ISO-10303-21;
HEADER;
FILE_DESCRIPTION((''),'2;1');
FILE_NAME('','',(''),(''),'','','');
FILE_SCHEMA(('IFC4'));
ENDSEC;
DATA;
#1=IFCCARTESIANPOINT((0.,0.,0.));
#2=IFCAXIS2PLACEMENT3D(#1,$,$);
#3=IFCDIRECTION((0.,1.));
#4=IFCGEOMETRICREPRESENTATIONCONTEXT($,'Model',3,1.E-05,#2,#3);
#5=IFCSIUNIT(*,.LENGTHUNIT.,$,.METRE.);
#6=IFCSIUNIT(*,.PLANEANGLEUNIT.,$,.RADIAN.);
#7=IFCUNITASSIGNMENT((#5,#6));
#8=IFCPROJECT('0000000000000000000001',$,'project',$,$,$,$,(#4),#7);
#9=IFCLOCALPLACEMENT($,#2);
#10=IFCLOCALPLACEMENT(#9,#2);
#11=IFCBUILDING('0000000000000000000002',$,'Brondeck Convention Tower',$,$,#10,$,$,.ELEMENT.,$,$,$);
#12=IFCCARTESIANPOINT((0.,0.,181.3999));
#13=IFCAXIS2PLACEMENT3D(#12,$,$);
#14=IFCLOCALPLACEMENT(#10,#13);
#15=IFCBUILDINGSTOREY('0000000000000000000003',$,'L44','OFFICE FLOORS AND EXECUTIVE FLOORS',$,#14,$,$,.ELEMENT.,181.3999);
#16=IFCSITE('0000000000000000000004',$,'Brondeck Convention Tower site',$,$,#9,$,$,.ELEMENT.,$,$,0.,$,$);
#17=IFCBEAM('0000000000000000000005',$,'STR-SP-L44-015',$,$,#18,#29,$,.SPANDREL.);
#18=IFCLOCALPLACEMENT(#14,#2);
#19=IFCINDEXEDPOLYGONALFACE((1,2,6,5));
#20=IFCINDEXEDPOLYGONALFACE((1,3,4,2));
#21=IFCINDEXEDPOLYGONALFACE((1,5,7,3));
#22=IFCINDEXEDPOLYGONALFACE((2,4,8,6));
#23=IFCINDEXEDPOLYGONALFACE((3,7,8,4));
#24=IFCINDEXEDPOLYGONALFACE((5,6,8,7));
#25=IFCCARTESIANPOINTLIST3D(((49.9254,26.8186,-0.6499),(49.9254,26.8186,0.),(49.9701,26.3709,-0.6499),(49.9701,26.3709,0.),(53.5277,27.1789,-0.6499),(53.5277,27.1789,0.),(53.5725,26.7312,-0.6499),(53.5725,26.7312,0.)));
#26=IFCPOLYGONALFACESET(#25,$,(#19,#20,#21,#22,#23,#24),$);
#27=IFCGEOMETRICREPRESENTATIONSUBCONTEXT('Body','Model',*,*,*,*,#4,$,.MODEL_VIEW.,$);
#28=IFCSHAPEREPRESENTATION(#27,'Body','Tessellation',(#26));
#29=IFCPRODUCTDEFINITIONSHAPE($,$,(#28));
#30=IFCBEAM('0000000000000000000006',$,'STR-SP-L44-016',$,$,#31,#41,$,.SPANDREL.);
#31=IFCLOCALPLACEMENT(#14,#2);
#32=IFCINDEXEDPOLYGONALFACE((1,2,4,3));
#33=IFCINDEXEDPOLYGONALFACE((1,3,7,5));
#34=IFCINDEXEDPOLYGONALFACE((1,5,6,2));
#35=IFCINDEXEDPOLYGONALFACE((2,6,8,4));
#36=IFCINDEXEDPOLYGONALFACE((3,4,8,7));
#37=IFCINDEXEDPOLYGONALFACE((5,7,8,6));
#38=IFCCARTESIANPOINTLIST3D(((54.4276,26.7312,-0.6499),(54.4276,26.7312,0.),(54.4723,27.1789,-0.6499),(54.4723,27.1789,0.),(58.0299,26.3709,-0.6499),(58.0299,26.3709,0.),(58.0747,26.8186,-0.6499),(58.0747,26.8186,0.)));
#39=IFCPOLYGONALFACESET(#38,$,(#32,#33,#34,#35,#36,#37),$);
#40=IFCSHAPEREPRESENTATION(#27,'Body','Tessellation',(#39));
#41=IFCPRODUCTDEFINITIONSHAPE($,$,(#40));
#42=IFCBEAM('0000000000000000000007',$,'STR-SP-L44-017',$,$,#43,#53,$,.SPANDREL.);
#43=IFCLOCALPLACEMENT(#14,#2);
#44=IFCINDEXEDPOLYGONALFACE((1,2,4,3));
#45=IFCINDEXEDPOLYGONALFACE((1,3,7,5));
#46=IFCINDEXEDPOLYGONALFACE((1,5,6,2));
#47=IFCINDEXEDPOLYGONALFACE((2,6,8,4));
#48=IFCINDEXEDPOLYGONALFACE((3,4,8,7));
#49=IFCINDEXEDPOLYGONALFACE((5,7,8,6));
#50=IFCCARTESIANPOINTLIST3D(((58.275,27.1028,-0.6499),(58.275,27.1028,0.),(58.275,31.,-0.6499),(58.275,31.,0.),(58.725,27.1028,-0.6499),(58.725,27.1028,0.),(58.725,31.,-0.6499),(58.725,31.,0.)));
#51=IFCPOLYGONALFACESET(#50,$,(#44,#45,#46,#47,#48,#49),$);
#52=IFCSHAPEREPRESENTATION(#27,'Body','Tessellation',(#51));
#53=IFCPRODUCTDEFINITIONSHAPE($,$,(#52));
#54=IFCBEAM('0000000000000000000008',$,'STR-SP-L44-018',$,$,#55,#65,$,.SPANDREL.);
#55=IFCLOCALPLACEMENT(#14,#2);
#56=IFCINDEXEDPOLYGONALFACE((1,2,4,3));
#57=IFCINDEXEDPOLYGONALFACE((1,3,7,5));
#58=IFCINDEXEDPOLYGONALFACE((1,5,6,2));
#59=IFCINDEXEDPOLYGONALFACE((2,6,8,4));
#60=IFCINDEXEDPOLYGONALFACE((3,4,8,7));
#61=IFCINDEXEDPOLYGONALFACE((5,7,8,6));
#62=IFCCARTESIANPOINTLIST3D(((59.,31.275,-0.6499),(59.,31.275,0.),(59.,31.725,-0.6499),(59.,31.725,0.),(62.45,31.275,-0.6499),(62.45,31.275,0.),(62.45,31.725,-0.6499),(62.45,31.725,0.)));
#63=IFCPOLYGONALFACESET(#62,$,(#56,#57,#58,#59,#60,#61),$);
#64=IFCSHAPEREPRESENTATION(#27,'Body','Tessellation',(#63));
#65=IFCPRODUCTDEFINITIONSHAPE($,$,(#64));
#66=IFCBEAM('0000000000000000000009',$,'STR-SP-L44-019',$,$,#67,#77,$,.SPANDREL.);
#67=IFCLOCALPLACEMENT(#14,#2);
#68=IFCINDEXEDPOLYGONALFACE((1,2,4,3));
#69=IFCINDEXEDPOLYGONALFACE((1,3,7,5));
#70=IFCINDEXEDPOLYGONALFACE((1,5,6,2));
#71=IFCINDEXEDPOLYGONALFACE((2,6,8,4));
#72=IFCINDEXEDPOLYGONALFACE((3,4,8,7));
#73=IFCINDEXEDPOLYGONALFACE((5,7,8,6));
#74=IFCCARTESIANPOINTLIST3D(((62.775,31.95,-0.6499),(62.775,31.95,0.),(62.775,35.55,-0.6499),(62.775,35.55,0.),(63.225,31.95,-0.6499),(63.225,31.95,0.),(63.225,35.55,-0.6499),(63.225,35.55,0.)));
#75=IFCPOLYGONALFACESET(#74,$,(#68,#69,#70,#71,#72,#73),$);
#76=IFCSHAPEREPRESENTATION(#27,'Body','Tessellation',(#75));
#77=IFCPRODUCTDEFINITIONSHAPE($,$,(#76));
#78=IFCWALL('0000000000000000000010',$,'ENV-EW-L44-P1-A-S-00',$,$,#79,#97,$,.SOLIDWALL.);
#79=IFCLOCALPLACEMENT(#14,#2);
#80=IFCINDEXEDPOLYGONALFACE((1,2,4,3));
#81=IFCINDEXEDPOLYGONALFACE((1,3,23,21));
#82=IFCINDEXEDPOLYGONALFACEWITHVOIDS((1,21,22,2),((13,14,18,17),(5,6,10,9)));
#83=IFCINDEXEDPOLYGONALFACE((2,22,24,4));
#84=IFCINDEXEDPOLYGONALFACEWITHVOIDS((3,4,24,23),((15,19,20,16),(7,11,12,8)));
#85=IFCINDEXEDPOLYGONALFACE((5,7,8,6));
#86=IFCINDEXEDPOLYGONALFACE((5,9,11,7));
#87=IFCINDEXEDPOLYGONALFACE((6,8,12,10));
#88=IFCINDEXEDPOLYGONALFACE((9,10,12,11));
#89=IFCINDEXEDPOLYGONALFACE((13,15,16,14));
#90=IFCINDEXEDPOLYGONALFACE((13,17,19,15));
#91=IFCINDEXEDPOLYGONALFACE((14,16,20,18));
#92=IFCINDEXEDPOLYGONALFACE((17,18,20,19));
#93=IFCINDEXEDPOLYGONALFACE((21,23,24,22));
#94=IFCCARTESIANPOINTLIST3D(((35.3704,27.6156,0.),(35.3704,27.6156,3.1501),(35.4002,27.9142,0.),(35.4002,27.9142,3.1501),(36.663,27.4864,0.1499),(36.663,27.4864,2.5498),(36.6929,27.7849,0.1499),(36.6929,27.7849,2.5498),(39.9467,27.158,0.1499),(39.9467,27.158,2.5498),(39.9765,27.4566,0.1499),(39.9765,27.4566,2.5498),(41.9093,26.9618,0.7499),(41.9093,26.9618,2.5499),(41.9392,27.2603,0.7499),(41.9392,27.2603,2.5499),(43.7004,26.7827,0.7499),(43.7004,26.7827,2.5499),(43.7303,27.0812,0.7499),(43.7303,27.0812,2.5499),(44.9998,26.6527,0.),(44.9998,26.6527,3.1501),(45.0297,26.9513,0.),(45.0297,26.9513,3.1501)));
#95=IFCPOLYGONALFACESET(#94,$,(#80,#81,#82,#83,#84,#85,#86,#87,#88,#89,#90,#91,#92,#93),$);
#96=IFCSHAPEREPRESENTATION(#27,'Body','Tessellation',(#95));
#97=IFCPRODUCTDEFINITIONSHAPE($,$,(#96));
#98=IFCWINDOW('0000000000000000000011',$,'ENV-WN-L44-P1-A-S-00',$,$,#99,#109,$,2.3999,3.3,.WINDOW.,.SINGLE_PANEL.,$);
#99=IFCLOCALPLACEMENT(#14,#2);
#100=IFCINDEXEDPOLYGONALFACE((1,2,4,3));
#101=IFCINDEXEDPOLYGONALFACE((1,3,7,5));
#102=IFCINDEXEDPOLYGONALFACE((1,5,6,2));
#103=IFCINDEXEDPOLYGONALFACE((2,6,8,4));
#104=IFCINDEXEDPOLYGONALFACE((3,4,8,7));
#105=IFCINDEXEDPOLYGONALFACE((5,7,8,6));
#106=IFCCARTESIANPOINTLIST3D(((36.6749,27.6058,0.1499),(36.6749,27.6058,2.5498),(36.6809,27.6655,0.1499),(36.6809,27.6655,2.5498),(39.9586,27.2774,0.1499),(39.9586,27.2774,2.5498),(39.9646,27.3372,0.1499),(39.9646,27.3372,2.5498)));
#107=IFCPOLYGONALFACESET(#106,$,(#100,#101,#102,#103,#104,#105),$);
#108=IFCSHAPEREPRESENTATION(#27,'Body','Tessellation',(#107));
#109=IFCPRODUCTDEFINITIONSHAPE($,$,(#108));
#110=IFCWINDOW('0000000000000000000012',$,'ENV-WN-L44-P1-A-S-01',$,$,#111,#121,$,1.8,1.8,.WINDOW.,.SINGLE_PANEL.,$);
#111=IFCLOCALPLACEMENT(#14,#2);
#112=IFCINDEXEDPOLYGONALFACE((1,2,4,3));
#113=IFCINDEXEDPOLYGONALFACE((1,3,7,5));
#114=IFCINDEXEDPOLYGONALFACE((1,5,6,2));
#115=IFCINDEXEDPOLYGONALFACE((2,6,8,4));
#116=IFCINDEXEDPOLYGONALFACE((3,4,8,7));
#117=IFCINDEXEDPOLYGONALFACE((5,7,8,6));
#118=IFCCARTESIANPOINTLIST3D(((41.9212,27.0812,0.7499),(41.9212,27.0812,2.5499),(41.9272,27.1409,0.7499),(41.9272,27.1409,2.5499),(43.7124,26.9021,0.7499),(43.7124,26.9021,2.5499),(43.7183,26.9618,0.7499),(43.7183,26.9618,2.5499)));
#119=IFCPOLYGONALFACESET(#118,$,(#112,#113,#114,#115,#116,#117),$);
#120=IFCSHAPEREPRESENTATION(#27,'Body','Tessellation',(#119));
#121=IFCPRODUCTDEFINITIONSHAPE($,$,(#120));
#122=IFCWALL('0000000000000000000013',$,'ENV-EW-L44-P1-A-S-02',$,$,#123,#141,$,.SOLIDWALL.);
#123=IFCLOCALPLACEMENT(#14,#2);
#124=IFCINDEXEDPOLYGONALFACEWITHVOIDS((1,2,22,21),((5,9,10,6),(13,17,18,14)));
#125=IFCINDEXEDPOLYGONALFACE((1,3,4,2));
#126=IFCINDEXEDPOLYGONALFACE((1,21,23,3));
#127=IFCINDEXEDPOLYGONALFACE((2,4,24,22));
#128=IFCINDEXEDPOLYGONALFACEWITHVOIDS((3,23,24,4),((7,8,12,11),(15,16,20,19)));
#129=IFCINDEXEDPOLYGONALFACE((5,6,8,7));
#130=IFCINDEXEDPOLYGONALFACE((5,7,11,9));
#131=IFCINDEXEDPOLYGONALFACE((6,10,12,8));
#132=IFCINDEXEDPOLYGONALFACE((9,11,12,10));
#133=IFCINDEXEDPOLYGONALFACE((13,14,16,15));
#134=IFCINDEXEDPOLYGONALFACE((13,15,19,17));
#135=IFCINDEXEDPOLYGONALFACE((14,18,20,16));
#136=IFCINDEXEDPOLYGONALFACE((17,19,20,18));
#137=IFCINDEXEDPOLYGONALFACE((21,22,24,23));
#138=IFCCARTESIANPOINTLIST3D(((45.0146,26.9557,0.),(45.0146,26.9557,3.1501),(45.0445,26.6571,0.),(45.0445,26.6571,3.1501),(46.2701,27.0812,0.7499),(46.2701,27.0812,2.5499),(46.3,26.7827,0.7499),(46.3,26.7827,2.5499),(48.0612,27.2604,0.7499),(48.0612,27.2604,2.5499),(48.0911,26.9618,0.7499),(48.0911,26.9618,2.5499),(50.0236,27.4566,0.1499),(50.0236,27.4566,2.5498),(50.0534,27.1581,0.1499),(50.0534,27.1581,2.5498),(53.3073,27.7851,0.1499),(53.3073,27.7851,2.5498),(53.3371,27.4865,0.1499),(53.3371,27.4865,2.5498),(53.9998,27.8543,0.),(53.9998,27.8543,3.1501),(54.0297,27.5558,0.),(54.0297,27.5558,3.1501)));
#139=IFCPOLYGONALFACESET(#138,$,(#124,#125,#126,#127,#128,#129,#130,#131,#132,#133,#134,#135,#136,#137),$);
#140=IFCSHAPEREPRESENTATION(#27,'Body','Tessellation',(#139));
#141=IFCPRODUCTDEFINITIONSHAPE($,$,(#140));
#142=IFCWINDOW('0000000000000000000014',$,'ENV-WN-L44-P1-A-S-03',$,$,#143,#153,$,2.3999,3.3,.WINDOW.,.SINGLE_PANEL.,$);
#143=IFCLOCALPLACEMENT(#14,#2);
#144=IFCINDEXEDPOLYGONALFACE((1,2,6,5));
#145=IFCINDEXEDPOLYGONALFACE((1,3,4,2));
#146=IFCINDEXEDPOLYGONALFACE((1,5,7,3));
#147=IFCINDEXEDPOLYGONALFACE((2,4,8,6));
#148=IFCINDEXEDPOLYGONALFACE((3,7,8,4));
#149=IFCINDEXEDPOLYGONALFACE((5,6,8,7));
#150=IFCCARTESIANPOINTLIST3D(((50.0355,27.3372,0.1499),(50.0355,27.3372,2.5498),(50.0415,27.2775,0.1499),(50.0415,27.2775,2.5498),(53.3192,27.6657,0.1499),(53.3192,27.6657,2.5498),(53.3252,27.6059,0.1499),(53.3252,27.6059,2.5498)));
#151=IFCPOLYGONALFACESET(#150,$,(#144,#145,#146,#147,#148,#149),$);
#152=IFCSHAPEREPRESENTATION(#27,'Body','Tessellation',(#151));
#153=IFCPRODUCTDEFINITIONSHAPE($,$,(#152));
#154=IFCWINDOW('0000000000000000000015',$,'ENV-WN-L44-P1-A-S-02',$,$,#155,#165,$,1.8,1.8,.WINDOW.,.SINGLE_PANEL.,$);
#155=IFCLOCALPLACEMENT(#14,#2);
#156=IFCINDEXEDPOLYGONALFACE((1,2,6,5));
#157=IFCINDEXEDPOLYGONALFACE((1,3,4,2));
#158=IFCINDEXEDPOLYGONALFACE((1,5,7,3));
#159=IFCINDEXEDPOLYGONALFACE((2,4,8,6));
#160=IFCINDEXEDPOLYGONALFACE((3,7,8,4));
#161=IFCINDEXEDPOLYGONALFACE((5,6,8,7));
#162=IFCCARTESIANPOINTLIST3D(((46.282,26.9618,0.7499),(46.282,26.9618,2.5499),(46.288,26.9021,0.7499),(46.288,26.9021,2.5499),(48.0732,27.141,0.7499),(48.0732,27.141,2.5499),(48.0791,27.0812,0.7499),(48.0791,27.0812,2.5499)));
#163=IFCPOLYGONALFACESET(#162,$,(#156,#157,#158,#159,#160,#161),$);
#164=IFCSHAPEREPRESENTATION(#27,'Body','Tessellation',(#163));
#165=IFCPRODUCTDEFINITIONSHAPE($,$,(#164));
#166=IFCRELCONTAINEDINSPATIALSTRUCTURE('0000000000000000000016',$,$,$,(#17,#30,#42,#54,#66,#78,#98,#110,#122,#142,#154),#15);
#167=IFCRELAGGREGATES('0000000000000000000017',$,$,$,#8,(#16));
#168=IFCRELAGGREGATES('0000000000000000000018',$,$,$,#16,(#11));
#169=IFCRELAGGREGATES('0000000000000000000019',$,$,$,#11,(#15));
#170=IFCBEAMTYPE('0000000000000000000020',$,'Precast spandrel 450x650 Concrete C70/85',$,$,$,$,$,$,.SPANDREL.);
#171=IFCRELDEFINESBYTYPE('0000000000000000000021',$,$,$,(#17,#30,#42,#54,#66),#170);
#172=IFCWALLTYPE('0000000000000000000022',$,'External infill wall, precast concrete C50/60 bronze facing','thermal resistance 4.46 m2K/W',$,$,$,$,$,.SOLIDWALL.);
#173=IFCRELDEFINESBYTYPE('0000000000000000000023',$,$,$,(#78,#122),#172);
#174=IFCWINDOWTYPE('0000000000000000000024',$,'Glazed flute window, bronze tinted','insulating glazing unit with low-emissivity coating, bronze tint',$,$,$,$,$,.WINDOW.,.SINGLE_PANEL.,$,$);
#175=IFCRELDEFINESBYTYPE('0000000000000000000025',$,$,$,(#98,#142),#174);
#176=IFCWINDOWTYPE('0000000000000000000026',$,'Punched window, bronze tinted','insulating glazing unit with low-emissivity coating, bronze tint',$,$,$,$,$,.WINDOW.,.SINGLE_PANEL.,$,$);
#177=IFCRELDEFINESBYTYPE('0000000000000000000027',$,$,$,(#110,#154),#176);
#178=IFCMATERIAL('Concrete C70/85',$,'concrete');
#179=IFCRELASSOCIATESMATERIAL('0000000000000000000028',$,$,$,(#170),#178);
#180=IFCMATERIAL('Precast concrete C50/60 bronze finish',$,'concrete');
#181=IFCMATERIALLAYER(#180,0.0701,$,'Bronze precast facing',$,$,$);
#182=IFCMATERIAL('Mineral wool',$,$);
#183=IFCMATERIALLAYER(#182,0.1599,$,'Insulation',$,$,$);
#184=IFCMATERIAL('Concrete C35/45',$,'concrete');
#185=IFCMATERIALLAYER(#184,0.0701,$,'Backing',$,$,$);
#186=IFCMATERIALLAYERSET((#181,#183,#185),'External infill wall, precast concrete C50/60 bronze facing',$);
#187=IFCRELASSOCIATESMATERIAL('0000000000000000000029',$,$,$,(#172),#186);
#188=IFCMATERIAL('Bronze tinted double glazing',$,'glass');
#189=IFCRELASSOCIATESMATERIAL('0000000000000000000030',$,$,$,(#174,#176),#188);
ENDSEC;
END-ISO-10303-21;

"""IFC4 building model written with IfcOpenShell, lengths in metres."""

from ifc_helpers import new_model, si_unit, direction, frame, frame_2d, origin, origin_2d, place, context, subcontext, project, spatial, rectangle, extrude, material, layer, layer_set, material_profile, profile_set, type_object, element, fill, save


model = new_model("IFC4")

# Units and contexts
model_context = context("Model", 3, precision=1e-05, world=origin(), true_north=direction((0.0, 1.0)))
body_context = subcontext(model_context, "Body", "Model", "MODEL_VIEW")
ifc_project = project(units=[si_unit("LENGTHUNIT", "METRE"), si_unit("PLANEANGLEUNIT", "RADIAN")], contexts=[model_context])

# Site, building, storey
site_placement = place(None, origin())
site = spatial("IfcSite", under=ifc_project, at=site_placement, Name="Brondeck Convention Tower site", CompositionType="ELEMENT", RefElevation=0.0)
building_placement = place(site_placement, origin())
building = spatial("IfcBuilding", under=site, at=building_placement, Name="Brondeck Convention Tower", CompositionType="ELEMENT")
storey_placement = place(building_placement, frame((0.0, 0.0, 181.3999)))
storey = spatial("IfcBuildingStorey", under=building, at=storey_placement, Name="L44", Description="OFFICE FLOORS AND EXECUTIVE FLOORS", CompositionType="ELEMENT", Elevation=181.3999)

# Shared definitions
ifc_material_1 = material(Name="Concrete C70/85", Category="concrete")

# Beams
ifc_material_profile_1 = material_profile(ifc_material_1, rectangle(XDim=0.45, YDim=0.6499, at=origin_2d()), Name="Precast spandrel 450x650 Concrete C70/85")
ifc_profile_set_1 = profile_set([ifc_material_profile_1], Name="Concrete C70/85")
beam_type_1 = type_object("IfcBeamType", Name="Precast spandrel 450x650 Concrete C70/85", PredefinedType="SPANDREL", material=ifc_profile_set_1)
for number, where, z_axis, x_axis, name in (
    (1, (49.9478, 26.5947, -0.325), (0.995034, 0.099537, 0.0), (-0.099537, 0.995034, 0.0), "STR-SP-L44-015"),
    (2, (54.45, 26.9551, -0.325), (0.995034, -0.099537, 0.0), (0.099537, 0.995034, 0.0), "STR-SP-L44-016"),
):
    element("IfcBeam", number, at=place(storey_placement, frame(where, z_axis=z_axis, x_axis=x_axis)), inside=storey, type_object=beam_type_1, Name=name, PredefinedType="SPANDREL", context=body_context, shape_type="SweptSolid", body=[
        extrude(rectangle(XDim=0.45, YDim=0.6499, at=origin_2d()), origin(), (0.0, 0.0, 1.0), 3.6204),
    ])
beam_1_placement = place(storey_placement, frame((58.5, 27.1028, -0.325), z_axis=(0.0, 1.0, 0.0), x_axis=(-1.0, 0.0, 0.0)))
element("IfcBeam", 3, at=beam_1_placement, inside=storey, type_object=beam_type_1, Name="STR-SP-L44-017", PredefinedType="SPANDREL", context=body_context, shape_type="SweptSolid", body=[
    extrude(rectangle(XDim=0.45, YDim=0.6499, at=origin_2d()), origin(), (0.0, 0.0, 1.0), 3.8972),
])
beam_2_placement = place(storey_placement, frame((59.0, 31.5, -0.325), z_axis=(1.0, 0.0, 0.0), x_axis=(0.0, 1.0, 0.0)))
element("IfcBeam", 4, at=beam_2_placement, inside=storey, type_object=beam_type_1, Name="STR-SP-L44-018", PredefinedType="SPANDREL", context=body_context, shape_type="SweptSolid", body=[
    extrude(rectangle(XDim=0.45, YDim=0.6499, at=origin_2d()), origin(), (0.0, 0.0, 1.0), 3.45),
])
beam_3_placement = place(storey_placement, frame((63.0, 31.95, -0.325), z_axis=(0.0, 1.0, 0.0), x_axis=(-1.0, 0.0, 0.0)))
element("IfcBeam", 5, at=beam_3_placement, inside=storey, type_object=beam_type_1, Name="STR-SP-L44-019", PredefinedType="SPANDREL", context=body_context, shape_type="SweptSolid", body=[
    extrude(rectangle(XDim=0.45, YDim=0.6499, at=origin_2d()), origin(), (0.0, 0.0, 1.0), 3.6001),
])

# Walls, openings, windows
ifc_material_2 = material(Name="Precast concrete C50/60 bronze finish", Category="concrete")
ifc_layer_1 = layer(ifc_material_2, 0.0701, Name="Bronze precast facing")
ifc_material_3 = material(Name="Mineral wool")
ifc_layer_2 = layer(ifc_material_3, 0.1599, Name="Insulation")
ifc_material_4 = material(Name="Concrete C35/45", Category="concrete")
ifc_layer_3 = layer(ifc_material_4, 0.0701, Name="Backing")
ifc_layer_set_1 = layer_set([ifc_layer_1, ifc_layer_2, ifc_layer_3], Name="External infill wall, precast concrete C50/60 bronze facing")
wall_type_1 = type_object("IfcWallType", Name="External infill wall, precast concrete C50/60 bronze facing", Description="thermal resistance 4.46 m2K/W", PredefinedType="SOLIDWALL", material=ifc_layer_set_1)
wall_1_placement = place(storey_placement, frame((45.0149, 26.802, 0.0), z_axis=(0.0, 0.0, 1.0), x_axis=(-0.995038, 0.099499, 0.0)))
wall_1 = element("IfcWall", 6, at=wall_1_placement, inside=storey, type_object=wall_type_1, Name="ENV-EW-L44-P1-A-S-00", PredefinedType="SOLIDWALL", context=body_context, shape_type="SweptSolid", body=[
    extrude(rectangle(XDim=9.6775, YDim=0.3, at=frame_2d((4.8389, 0.0))), origin(), (0.0, 0.0, 1.0), 3.1501),
])
opening_1_placement = place(wall_1_placement, frame((1.3062, 0.0, 0.75)))
opening_1 = element("IfcOpeningElement", 7, at=opening_1_placement, cuts=wall_1, PredefinedType="OPENING", context=body_context, shape_type="SweptSolid", body=[
    extrude(rectangle(XDim=1.8, YDim=1.8, at=frame_2d((0.8999, 0.8999))), frame((0.0, 0.1599, 0.0), z_axis=(0.0, -1.0, 0.0), x_axis=(1.0, 0.0, 0.0)), (0.0, 0.0, 1.0), 0.3201),
])
opening_2_placement = place(wall_1_placement, frame((5.0786, 0.0, 0.1499)))
opening_2 = element("IfcOpeningElement", 8, at=opening_2_placement, cuts=wall_1, PredefinedType="OPENING", context=body_context, shape_type="SweptSolid", body=[
    extrude(rectangle(XDim=3.3, YDim=2.3999, at=frame_2d((1.6499, 1.2))), frame((0.0, 0.1599, 0.0), z_axis=(0.0, -1.0, 0.0), x_axis=(1.0, 0.0, 0.0)), (0.0, 0.0, 1.0), 0.3201),
])
ifc_material_5 = material(Name="Bronze tinted double glazing", Category="glass")
window_type_1 = type_object("IfcWindowType", Name="Glazed flute window, bronze tinted", Description="insulating glazing unit with low-emissivity coating, bronze tint", PartitioningType="SINGLE_PANEL", PredefinedType="WINDOW", material=ifc_material_5)
window_1_placement = place(opening_2_placement, origin())
window_1 = element("IfcWindow", 9, at=window_1_placement, inside=storey, type_object=window_type_1, Name="ENV-WN-L44-P1-A-S-00", OverallHeight=2.3999, OverallWidth=3.3, PartitioningType="SINGLE_PANEL", PredefinedType="WINDOW", context=body_context, shape_type="SweptSolid", body=[
    extrude(rectangle(XDim=3.3, YDim=2.3999, at=frame_2d((1.6499, 1.2))), frame((0.0, 0.03, 0.0), z_axis=(0.0, -1.0, 0.0), x_axis=(1.0, 0.0, 0.0)), (0.0, 0.0, 1.0), 0.0601),
])
fill(opening_2, window_1)
window_type_2 = type_object("IfcWindowType", Name="Punched window, bronze tinted", Description="insulating glazing unit with low-emissivity coating, bronze tint", PartitioningType="SINGLE_PANEL", PredefinedType="WINDOW", material=ifc_material_5)
window_2_placement = place(opening_1_placement, origin())
window_2 = element("IfcWindow", 10, at=window_2_placement, inside=storey, type_object=window_type_2, Name="ENV-WN-L44-P1-A-S-01", OverallHeight=1.8, OverallWidth=1.8, PartitioningType="SINGLE_PANEL", PredefinedType="WINDOW", context=body_context, shape_type="SweptSolid", body=[
    extrude(rectangle(XDim=1.8, YDim=1.8, at=frame_2d((0.8999, 0.8999))), frame((0.0, 0.03, 0.0), z_axis=(0.0, -1.0, 0.0), x_axis=(1.0, 0.0, 0.0)), (0.0, 0.0, 1.0), 0.0601),
])
fill(opening_1, window_2)
wall_2_placement = place(storey_placement, frame((54.0149, 27.7051, 0.0), z_axis=(0.0, 0.0, 1.0), x_axis=(-0.995035, -0.099522, 0.0)))
wall_2 = element("IfcWall", 11, at=wall_2_placement, inside=storey, type_object=wall_type_1, Name="ENV-EW-L44-P1-A-S-02", PredefinedType="SOLIDWALL", context=body_context, shape_type="SweptSolid", body=[
    extrude(rectangle(XDim=9.03, YDim=0.3, at=frame_2d((4.5151, 0.0))), origin(), (0.0, 0.0, 1.0), 3.1501),
])
opening_3_placement = place(wall_2_placement, frame((0.6963, 0.0, 0.1499)))
opening_3 = element("IfcOpeningElement", 12, at=opening_3_placement, cuts=wall_2, PredefinedType="OPENING", context=body_context, shape_type="SweptSolid", body=[
    extrude(rectangle(XDim=3.3, YDim=2.3999, at=frame_2d((1.6499, 1.2))), frame((0.0, 0.1599, 0.0), z_axis=(0.0, -1.0, 0.0), x_axis=(1.0, 0.0, 0.0)), (0.0, 0.0, 1.0), 0.3201),
])
opening_4_placement = place(wall_2_placement, frame((5.9685, 0.0, 0.75)))
opening_4 = element("IfcOpeningElement", 13, at=opening_4_placement, cuts=wall_2, PredefinedType="OPENING", context=body_context, shape_type="SweptSolid", body=[
    extrude(rectangle(XDim=1.8, YDim=1.8, at=frame_2d((0.8999, 0.8999))), frame((0.0, 0.1599, 0.0), z_axis=(0.0, -1.0, 0.0), x_axis=(1.0, 0.0, 0.0)), (0.0, 0.0, 1.0), 0.3201),
])
window_3_placement = place(opening_3_placement, origin())
window_3 = element("IfcWindow", 14, at=window_3_placement, inside=storey, type_object=window_type_1, Name="ENV-WN-L44-P1-A-S-03", OverallHeight=2.3999, OverallWidth=3.3, PartitioningType="SINGLE_PANEL", PredefinedType="WINDOW", context=body_context, shape_type="SweptSolid", body=[
    extrude(rectangle(XDim=3.3, YDim=2.3999, at=frame_2d((1.6499, 1.2))), frame((0.0, 0.03, 0.0), z_axis=(0.0, -1.0, 0.0), x_axis=(1.0, 0.0, 0.0)), (0.0, 0.0, 1.0), 0.0601),
])
fill(opening_3, window_3)
window_4_placement = place(opening_4_placement, origin())
window_4 = element("IfcWindow", 15, at=window_4_placement, inside=storey, type_object=window_type_2, Name="ENV-WN-L44-P1-A-S-02", OverallHeight=1.8, OverallWidth=1.8, PartitioningType="SINGLE_PANEL", PredefinedType="WINDOW", context=body_context, shape_type="SweptSolid", body=[
    extrude(rectangle(XDim=1.8, YDim=1.8, at=frame_2d((0.8999, 0.8999))), frame((0.0, 0.03, 0.0), z_axis=(0.0, -1.0, 0.0), x_axis=(1.0, 0.0, 0.0)), (0.0, 0.0, 1.0), 0.0601),
])
fill(opening_4, window_4)

save(model, "model.ifc")
